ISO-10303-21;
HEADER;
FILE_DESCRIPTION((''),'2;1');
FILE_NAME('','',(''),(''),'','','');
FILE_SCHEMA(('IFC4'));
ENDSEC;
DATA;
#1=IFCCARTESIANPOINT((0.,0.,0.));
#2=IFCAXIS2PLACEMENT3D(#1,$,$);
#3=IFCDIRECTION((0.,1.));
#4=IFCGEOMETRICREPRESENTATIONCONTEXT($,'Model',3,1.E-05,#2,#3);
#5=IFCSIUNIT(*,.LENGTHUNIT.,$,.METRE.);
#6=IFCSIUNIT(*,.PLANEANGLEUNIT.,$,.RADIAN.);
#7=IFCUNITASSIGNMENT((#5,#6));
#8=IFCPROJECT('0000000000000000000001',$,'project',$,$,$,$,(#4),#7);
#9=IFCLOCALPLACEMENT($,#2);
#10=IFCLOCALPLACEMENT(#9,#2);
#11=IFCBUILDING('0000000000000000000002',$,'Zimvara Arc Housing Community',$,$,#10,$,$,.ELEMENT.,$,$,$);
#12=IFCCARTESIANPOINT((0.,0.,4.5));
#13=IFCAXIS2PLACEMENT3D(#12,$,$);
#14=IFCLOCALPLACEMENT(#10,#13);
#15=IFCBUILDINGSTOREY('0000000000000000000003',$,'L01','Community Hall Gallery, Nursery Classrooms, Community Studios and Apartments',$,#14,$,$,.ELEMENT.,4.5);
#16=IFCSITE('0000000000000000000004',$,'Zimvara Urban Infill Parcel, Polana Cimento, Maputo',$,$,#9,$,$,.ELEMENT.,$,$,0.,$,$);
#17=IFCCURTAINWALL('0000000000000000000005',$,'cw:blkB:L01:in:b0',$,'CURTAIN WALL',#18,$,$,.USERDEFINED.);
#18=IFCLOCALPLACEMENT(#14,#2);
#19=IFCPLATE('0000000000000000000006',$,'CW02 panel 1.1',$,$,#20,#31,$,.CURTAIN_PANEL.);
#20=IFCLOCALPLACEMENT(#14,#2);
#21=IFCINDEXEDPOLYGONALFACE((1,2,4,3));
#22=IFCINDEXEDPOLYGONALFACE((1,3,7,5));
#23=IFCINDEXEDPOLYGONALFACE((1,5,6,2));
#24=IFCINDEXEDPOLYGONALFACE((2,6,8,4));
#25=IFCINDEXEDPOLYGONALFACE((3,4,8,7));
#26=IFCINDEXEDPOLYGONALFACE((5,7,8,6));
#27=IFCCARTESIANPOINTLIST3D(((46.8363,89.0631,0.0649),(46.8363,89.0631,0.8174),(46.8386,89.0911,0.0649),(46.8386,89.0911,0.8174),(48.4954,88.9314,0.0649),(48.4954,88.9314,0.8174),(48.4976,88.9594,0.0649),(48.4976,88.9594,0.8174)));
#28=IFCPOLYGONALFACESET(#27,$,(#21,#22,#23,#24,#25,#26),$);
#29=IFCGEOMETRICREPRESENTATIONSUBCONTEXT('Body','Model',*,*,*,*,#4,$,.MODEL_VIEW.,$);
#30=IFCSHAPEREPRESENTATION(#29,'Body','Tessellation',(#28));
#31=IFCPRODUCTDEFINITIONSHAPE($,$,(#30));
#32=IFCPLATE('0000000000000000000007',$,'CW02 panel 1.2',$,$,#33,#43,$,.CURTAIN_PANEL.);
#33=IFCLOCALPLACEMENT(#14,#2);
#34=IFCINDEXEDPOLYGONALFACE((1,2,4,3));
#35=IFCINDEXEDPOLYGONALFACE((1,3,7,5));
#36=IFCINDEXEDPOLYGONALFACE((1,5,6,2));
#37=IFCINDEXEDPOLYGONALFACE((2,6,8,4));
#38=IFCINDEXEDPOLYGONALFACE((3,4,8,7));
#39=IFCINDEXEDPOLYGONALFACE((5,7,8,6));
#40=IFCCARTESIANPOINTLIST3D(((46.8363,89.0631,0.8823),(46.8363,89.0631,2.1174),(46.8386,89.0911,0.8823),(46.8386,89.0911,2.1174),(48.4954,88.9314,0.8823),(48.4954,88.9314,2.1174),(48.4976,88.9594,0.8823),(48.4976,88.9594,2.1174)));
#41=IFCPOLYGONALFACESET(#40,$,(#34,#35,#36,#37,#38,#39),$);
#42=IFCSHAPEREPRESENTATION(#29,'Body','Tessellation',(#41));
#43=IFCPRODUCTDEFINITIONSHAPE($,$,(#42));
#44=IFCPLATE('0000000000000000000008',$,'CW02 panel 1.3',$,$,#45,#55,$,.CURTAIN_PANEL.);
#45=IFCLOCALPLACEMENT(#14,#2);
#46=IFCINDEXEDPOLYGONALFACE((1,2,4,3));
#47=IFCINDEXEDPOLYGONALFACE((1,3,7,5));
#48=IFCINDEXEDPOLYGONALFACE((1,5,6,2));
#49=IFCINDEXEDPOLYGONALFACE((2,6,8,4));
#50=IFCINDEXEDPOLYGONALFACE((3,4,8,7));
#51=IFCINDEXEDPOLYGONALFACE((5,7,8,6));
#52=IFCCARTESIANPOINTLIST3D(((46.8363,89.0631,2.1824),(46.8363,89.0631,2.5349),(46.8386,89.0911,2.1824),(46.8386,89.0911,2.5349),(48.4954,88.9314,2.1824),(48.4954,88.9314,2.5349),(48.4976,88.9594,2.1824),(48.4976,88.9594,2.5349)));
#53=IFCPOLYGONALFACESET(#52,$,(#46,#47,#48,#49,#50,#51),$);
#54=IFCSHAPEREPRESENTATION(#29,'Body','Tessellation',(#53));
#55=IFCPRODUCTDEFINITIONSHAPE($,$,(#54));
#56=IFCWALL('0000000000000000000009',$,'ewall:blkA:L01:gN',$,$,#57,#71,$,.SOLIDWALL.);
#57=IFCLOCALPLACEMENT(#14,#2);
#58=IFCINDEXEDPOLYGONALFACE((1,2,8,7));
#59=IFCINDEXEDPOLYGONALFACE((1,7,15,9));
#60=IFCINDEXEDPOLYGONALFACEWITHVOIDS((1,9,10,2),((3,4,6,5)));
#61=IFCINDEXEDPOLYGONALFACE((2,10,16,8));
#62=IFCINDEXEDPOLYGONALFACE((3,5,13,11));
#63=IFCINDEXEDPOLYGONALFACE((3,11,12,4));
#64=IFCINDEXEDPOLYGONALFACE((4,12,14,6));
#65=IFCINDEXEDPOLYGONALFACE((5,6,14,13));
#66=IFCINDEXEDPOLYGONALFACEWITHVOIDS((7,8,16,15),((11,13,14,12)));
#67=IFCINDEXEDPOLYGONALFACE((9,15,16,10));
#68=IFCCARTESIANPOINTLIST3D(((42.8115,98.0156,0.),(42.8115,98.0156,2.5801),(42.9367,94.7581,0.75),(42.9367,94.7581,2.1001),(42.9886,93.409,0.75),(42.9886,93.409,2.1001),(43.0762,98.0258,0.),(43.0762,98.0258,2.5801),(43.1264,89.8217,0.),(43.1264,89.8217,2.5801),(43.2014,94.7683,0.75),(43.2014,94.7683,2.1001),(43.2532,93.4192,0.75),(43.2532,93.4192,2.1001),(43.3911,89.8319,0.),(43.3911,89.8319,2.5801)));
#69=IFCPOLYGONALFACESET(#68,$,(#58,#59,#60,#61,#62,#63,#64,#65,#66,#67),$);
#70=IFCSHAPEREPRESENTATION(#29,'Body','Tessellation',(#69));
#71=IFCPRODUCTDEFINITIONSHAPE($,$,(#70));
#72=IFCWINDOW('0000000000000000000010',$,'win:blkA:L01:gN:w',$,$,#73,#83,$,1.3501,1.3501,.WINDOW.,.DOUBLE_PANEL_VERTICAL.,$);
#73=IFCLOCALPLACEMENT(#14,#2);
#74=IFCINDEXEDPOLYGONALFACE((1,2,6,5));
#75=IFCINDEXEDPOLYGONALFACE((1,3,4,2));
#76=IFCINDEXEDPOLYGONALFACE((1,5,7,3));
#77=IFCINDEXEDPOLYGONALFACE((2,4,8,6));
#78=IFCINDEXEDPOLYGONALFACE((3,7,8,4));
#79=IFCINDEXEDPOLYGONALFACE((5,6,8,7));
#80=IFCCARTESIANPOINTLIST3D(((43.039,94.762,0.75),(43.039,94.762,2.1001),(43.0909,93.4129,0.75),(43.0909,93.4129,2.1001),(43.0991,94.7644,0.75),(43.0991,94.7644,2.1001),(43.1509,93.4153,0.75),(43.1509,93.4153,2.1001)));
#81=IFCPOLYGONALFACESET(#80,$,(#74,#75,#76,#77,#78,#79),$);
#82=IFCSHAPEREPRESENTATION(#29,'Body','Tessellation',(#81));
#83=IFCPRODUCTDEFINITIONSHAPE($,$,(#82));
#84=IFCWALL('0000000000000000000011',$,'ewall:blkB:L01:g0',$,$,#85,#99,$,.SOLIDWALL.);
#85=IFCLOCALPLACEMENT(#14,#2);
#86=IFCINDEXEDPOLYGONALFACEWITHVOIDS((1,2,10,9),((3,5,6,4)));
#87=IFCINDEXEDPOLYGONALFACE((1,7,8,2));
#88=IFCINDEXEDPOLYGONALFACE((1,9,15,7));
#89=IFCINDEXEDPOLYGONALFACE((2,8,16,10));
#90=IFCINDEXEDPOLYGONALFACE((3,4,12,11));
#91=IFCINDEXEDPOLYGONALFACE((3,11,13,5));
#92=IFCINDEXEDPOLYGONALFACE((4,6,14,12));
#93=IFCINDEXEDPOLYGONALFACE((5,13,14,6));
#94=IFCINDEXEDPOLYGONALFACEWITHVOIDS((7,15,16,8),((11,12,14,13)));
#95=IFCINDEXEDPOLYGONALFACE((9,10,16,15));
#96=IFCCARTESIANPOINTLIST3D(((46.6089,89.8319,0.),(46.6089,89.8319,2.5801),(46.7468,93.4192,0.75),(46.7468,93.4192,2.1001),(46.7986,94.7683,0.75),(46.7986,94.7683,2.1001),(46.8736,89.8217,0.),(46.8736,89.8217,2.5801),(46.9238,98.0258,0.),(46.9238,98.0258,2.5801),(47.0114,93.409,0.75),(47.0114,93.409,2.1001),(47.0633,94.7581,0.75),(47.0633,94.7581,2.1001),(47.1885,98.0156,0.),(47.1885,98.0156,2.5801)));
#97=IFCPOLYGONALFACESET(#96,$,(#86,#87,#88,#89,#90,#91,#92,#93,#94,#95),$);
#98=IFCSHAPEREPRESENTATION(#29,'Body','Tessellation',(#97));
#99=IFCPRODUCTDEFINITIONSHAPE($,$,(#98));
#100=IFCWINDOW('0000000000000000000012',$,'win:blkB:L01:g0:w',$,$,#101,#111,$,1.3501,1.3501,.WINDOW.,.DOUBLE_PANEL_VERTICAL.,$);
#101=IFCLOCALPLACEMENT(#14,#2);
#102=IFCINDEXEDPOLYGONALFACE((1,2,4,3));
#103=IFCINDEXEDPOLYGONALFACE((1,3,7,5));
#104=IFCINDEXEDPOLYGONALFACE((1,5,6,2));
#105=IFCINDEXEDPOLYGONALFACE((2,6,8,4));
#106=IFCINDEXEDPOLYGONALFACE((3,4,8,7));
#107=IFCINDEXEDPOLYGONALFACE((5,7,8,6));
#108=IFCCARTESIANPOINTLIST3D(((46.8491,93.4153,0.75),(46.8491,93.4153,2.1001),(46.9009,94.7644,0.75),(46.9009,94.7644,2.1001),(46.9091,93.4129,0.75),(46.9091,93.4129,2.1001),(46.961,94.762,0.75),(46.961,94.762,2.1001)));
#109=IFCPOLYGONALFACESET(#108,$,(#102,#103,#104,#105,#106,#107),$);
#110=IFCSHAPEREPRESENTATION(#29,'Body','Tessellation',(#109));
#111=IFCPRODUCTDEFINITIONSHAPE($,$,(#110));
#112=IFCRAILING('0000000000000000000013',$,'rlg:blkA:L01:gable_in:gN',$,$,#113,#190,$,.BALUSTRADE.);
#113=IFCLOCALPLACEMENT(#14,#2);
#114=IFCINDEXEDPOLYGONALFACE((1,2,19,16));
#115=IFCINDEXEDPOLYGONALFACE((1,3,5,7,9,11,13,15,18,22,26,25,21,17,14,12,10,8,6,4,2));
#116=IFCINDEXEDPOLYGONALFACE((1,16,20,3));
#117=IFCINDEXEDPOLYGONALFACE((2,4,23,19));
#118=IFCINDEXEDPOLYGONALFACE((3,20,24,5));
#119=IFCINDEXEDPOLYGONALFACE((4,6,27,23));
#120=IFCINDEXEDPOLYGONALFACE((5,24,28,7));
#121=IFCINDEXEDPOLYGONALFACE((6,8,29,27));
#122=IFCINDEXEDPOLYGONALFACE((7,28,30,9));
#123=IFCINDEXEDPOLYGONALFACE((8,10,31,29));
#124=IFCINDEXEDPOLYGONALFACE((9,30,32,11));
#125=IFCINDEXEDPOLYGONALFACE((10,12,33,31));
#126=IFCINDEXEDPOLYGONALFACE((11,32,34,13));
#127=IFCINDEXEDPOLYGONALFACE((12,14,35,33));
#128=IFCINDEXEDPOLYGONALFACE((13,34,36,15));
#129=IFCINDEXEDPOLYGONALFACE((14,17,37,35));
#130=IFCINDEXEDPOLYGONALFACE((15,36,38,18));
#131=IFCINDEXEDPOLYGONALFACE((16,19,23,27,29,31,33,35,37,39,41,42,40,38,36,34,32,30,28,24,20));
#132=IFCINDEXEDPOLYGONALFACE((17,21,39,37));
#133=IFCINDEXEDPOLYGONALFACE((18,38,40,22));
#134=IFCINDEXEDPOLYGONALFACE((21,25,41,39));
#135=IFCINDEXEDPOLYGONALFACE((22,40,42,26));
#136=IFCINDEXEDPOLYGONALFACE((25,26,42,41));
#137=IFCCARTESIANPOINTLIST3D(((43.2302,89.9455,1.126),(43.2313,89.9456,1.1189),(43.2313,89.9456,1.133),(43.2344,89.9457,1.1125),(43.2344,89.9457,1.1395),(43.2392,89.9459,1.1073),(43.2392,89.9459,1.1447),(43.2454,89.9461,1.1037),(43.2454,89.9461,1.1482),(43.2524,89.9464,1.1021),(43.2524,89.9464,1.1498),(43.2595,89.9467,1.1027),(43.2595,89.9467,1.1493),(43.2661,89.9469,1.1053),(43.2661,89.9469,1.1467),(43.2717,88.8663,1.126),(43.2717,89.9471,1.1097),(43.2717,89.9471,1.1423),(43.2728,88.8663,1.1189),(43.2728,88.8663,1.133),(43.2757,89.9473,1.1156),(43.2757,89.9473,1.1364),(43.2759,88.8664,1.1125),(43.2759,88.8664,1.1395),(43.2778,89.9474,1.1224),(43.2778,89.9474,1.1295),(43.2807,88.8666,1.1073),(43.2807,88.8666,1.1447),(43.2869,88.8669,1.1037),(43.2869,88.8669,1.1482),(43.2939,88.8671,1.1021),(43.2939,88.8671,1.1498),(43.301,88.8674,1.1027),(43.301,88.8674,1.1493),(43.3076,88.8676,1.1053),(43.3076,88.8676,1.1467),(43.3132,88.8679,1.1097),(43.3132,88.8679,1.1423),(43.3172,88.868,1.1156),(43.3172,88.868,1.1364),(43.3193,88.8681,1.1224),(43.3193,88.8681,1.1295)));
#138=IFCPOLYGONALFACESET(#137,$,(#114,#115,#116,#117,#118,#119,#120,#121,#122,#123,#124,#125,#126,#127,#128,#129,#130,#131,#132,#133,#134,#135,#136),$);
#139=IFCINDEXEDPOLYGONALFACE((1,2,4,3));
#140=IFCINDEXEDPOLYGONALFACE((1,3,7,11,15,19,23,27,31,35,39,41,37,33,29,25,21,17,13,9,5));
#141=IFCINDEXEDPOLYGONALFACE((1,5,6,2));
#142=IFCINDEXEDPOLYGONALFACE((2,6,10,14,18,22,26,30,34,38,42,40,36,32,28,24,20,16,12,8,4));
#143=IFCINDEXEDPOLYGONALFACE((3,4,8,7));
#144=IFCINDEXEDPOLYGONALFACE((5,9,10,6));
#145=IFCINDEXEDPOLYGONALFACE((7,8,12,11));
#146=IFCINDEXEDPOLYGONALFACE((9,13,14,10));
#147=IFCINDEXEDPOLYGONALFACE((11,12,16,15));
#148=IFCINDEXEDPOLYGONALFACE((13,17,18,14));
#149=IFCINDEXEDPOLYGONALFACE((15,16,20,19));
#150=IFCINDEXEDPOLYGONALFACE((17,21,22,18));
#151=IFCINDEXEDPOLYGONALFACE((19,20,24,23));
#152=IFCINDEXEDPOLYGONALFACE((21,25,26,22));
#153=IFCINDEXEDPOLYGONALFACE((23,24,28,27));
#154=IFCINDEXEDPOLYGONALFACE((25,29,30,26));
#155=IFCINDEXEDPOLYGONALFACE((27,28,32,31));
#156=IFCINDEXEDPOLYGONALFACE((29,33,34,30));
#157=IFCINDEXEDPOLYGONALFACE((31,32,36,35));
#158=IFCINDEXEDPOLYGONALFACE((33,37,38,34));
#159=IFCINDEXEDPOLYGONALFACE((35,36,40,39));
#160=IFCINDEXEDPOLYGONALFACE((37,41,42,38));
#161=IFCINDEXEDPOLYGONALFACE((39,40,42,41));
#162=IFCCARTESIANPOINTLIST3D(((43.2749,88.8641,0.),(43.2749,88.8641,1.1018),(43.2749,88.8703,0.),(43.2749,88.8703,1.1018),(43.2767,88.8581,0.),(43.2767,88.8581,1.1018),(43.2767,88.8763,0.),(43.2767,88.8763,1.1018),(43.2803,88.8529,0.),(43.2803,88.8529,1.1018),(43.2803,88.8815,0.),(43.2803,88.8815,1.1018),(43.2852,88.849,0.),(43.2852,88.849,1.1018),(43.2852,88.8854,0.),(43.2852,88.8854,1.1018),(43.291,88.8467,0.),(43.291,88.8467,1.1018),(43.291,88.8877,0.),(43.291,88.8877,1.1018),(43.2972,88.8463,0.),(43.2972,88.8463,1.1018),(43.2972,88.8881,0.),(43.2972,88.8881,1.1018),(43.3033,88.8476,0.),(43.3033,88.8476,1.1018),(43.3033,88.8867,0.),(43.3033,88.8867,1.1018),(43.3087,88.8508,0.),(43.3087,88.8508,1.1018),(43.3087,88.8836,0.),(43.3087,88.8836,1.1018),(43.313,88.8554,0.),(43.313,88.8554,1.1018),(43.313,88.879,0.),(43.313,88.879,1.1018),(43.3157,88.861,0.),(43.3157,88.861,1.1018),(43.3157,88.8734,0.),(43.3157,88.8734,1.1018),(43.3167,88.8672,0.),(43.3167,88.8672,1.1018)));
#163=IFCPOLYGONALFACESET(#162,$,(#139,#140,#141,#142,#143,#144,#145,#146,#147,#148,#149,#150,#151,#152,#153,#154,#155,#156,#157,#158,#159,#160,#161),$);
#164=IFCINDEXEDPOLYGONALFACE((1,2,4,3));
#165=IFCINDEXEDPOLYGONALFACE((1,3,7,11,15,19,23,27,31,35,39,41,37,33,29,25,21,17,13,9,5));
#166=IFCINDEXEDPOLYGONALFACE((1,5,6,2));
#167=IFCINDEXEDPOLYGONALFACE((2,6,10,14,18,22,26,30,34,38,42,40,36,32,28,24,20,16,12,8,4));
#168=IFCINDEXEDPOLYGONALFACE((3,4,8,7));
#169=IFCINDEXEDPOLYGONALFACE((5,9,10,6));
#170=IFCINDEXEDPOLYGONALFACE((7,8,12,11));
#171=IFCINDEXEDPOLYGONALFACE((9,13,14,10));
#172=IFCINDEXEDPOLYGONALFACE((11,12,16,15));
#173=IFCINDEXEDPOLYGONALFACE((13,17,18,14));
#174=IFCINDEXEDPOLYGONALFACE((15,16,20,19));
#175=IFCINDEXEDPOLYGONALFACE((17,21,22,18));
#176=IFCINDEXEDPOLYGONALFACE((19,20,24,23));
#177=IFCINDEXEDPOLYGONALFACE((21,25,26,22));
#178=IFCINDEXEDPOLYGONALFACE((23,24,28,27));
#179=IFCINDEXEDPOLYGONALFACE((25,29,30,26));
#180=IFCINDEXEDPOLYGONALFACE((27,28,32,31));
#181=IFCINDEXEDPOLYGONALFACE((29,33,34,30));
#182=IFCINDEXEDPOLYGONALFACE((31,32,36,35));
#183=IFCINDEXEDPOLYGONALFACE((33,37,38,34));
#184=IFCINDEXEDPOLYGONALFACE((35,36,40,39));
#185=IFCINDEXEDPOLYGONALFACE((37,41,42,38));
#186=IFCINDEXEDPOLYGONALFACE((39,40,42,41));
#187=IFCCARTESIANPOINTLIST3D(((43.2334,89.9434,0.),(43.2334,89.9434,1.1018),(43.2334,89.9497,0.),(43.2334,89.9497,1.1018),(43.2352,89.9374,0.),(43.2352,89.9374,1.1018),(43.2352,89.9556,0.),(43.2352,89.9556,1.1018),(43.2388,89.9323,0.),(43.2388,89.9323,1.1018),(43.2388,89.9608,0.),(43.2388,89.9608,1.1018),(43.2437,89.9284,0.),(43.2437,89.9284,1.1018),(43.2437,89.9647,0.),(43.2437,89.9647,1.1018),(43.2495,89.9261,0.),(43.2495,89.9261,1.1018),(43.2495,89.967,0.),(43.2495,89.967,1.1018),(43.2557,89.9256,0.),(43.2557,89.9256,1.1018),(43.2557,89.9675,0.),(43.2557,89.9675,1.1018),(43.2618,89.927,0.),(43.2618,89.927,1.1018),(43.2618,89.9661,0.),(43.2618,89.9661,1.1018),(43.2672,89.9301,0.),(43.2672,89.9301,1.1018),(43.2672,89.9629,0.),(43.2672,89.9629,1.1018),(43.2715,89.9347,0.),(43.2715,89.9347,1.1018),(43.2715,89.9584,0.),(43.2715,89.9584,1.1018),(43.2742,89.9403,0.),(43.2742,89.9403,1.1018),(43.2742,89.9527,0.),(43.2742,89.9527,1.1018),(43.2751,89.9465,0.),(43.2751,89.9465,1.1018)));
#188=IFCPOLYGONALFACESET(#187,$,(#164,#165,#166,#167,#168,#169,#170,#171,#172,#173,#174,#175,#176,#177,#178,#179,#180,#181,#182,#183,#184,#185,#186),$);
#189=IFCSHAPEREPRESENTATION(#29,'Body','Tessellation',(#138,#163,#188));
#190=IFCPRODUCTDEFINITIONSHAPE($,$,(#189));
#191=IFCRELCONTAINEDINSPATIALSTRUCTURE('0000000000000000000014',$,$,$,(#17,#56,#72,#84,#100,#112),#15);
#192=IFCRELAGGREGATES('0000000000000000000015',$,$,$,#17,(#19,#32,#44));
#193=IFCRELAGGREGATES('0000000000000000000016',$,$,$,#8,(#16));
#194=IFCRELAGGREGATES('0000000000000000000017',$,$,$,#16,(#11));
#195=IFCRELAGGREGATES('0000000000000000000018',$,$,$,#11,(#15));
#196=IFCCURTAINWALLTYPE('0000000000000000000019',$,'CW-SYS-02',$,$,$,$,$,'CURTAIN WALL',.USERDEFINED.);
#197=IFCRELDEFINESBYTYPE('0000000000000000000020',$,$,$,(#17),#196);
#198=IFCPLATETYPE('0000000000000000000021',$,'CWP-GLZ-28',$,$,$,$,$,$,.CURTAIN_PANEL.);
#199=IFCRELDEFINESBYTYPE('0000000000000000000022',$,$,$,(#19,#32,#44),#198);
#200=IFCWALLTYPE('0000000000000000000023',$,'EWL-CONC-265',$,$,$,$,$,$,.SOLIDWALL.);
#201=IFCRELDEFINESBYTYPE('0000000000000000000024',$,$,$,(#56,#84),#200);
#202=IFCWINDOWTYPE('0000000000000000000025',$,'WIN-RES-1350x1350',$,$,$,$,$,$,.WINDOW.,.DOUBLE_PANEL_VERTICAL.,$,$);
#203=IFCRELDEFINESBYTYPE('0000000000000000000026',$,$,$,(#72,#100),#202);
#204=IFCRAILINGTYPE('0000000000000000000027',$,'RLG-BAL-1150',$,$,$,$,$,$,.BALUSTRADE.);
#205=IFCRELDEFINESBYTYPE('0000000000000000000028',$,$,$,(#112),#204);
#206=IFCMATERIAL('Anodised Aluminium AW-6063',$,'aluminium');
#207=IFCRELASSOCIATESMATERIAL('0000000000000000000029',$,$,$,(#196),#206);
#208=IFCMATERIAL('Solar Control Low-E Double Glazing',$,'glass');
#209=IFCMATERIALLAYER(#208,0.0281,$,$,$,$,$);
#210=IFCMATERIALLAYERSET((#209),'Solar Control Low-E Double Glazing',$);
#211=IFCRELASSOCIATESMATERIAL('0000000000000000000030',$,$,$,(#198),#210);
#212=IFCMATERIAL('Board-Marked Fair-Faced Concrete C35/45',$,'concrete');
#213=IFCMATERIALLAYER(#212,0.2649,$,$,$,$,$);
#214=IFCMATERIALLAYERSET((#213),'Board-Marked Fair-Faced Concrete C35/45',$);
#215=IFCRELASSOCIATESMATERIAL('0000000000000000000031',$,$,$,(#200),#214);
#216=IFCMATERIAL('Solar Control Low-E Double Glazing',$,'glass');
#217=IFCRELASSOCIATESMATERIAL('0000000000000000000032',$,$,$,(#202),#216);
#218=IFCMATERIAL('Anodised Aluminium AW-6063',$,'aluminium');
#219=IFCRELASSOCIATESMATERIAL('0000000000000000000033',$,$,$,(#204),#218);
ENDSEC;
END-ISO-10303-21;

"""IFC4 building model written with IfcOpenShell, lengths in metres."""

from ifc_helpers import new_model, si_unit, direction, frame, frame_2d, origin, origin_2d, place, context, subcontext, project, spatial, rectangle, circle, extrude, material, layer, layer_set, type_object, element, fill, aggregate, save


model = new_model("IFC4")

# Units and contexts
model_context = context("Model", 3, precision=1e-05, world=origin(), true_north=direction((0.0, 1.0)))
body_context = subcontext(model_context, "Body", "Model", "MODEL_VIEW")
ifc_project = project(units=[si_unit("LENGTHUNIT", "METRE"), si_unit("PLANEANGLEUNIT", "RADIAN")], contexts=[model_context])

# Site, building, storey
site_placement = place(None, origin())
site = spatial("IfcSite", under=ifc_project, at=site_placement, Name="Zimvara Urban Infill Parcel, Polana Cimento, Maputo", CompositionType="ELEMENT", RefElevation=0.0)
building_placement = place(site_placement, origin())
building = spatial("IfcBuilding", under=site, at=building_placement, Name="Zimvara Arc Housing Community", CompositionType="ELEMENT")
storey_placement = place(building_placement, frame((0.0, 0.0, 4.5)))
storey = spatial("IfcBuildingStorey", under=building, at=storey_placement, Name="L01", Description="Community Hall Gallery, Nursery Classrooms, Community Studios and Apartments", CompositionType="ELEMENT", Elevation=4.5)

# Curtain wall, plates
ifc_material_1 = material(Name="Anodised Aluminium AW-6063", Category="aluminium")
curtain_wall_type_1 = type_object("IfcCurtainWallType", Name="CW-SYS-02", ElementType="CURTAIN WALL", PredefinedType="USERDEFINED", material=ifc_material_1)
curtain_wall_1_placement = place(storey_placement, origin())
curtain_wall_1 = element("IfcCurtainWall", 1, at=curtain_wall_1_placement, inside=storey, type_object=curtain_wall_type_1, Name="cw:blkB:L01:in:b0", ObjectType="CURTAIN WALL", PredefinedType="USERDEFINED")
ifc_material_2 = material(Name="Solar Control Low-E Double Glazing", Category="glass")
ifc_layer_1 = layer(ifc_material_2, 0.0281)
ifc_layer_set_1 = layer_set([ifc_layer_1], Name="Solar Control Low-E Double Glazing")
plate_type = type_object("IfcPlateType", Name="CWP-GLZ-28", PredefinedType="CURTAIN_PANEL", material=ifc_layer_set_1)
plate_1_placement = place(storey_placement, frame((47.667, 89.0112, 0.0649), z_axis=(0.0, 0.0, 1.0), x_axis=(0.996862, -0.079155, 0.0)))
plate_1 = element("IfcPlate", 2, at=plate_1_placement, type_object=plate_type, Name="CW02 panel 1.1", PredefinedType="CURTAIN_PANEL", context=body_context, shape_type="SweptSolid", body=[
    extrude(rectangle(XDim=1.6643, YDim=0.0281, at=origin_2d()), origin(), (0.0, 0.0, 1.0), 0.7524),
])
plate_2_placement = place(storey_placement, frame((47.667, 89.0112, 0.8823), z_axis=(0.0, 0.0, 1.0), x_axis=(0.996862, -0.079155, 0.0)))
plate_2 = element("IfcPlate", 3, at=plate_2_placement, type_object=plate_type, Name="CW02 panel 1.2", PredefinedType="CURTAIN_PANEL", context=body_context, shape_type="SweptSolid", body=[
    extrude(rectangle(XDim=1.6643, YDim=0.0281, at=origin_2d()), origin(), (0.0, 0.0, 1.0), 1.2351),
])
plate_3_placement = place(storey_placement, frame((47.667, 89.0112, 2.1824), z_axis=(0.0, 0.0, 1.0), x_axis=(0.996862, -0.079155, 0.0)))
plate_3 = element("IfcPlate", 4, at=plate_3_placement, type_object=plate_type, Name="CW02 panel 1.3", PredefinedType="CURTAIN_PANEL", context=body_context, shape_type="SweptSolid", body=[
    extrude(rectangle(XDim=1.6643, YDim=0.0281, at=origin_2d()), origin(), (0.0, 0.0, 1.0), 0.3525),
])
aggregate(curtain_wall_1, [plate_1, plate_2, plate_3])

# Walls, openings, windows
ifc_material_3 = material(Name="Board-Marked Fair-Faced Concrete C35/45", Category="concrete")
ifc_layer_2 = layer(ifc_material_3, 0.2649)
ifc_layer_set_2 = layer_set([ifc_layer_2], Name="Board-Marked Fair-Faced Concrete C35/45")
wall_type = type_object("IfcWallType", Name="EWL-CONC-265", PredefinedType="SOLIDWALL", material=ifc_layer_set_2)
wall_1_placement = place(storey_placement, frame((43.2588, 89.8267, 0.0), z_axis=(0.0, 0.0, 1.0), x_axis=(-0.038408, 0.999262, 0.0)))
wall_1 = element("IfcWall", 5, at=wall_1_placement, inside=storey, type_object=wall_type, Name="ewall:blkA:L01:gN", PredefinedType="SOLIDWALL", context=body_context, shape_type="SweptSolid", body=[
    extrude(rectangle(XDim=8.2, YDim=0.2649, at=frame_2d((4.1001, 0.0))), origin(), (0.0, 0.0, 1.0), 2.5801),
])
opening_1_placement = place(wall_1_placement, frame((3.5901, 0.0, 0.75)))
opening_1 = element("IfcOpeningElement", 6, at=opening_1_placement, cuts=wall_1, PredefinedType="OPENING", context=body_context, shape_type="SweptSolid", body=[
    extrude(rectangle(XDim=1.3501, YDim=1.3501, at=frame_2d((0.675, 0.675))), frame((0.0, 0.1423, 0.0), z_axis=(0.0, -1.0, 0.0), x_axis=(1.0, 0.0, 0.0)), (0.0, 0.0, 1.0), 0.2849),
])
ifc_material_4 = material(Name="Solar Control Low-E Double Glazing", Category="glass")
window_type = type_object("IfcWindowType", Name="WIN-RES-1350x1350", PartitioningType="DOUBLE_PANEL_VERTICAL", PredefinedType="WINDOW", material=ifc_material_4)
window_1_placement = place(opening_1_placement, origin())
window_1 = element("IfcWindow", 7, at=window_1_placement, inside=storey, type_object=window_type, Name="win:blkA:L01:gN:w", OverallHeight=1.3501, OverallWidth=1.3501, PartitioningType="DOUBLE_PANEL_VERTICAL", PredefinedType="WINDOW", context=body_context, shape_type="SweptSolid", body=[
    extrude(rectangle(XDim=1.3501, YDim=1.3501, at=frame_2d((0.675, 0.675))), frame((0.0, 0.03, 0.0), z_axis=(0.0, -1.0, 0.0), x_axis=(1.0, 0.0, 0.0)), (0.0, 0.0, 1.0), 0.0601),
])
fill(opening_1, window_1)
wall_2_placement = place(storey_placement, frame((46.7412, 89.8267, 0.0), z_axis=(0.0, 0.0, 1.0), x_axis=(0.038408, 0.999262, 0.0)))
wall_2 = element("IfcWall", 8, at=wall_2_placement, inside=storey, type_object=wall_type, Name="ewall:blkB:L01:g0", PredefinedType="SOLIDWALL", context=body_context, shape_type="SweptSolid", body=[
    extrude(rectangle(XDim=8.2, YDim=0.2649, at=frame_2d((4.1001, 0.0))), origin(), (0.0, 0.0, 1.0), 2.5801),
])
opening_2_placement = place(wall_2_placement, frame((3.5901, 0.0, 0.75)))
opening_2 = element("IfcOpeningElement", 9, at=opening_2_placement, cuts=wall_2, PredefinedType="OPENING", context=body_context, shape_type="SweptSolid", body=[
    extrude(rectangle(XDim=1.3501, YDim=1.3501, at=frame_2d((0.675, 0.675))), frame((0.0, 0.1423, 0.0), z_axis=(0.0, -1.0, 0.0), x_axis=(1.0, 0.0, 0.0)), (0.0, 0.0, 1.0), 0.2849),
])
window_2_placement = place(opening_2_placement, origin())
window_2 = element("IfcWindow", 10, at=window_2_placement, inside=storey, type_object=window_type, Name="win:blkB:L01:g0:w", OverallHeight=1.3501, OverallWidth=1.3501, PartitioningType="DOUBLE_PANEL_VERTICAL", PredefinedType="WINDOW", context=body_context, shape_type="SweptSolid", body=[
    extrude(rectangle(XDim=1.3501, YDim=1.3501, at=frame_2d((0.675, 0.675))), frame((0.0, 0.03, 0.0), z_axis=(0.0, -1.0, 0.0), x_axis=(1.0, 0.0, 0.0)), (0.0, 0.0, 1.0), 0.0601),
])
fill(opening_2, window_2)

# Railing
ifc_material_5 = material(Name="Anodised Aluminium AW-6063", Category="aluminium")
railing_type = type_object("IfcRailingType", Name="RLG-BAL-1150", PredefinedType="BALUSTRADE", material=ifc_material_5)
railing_1_placement = place(storey_placement, frame((43.2957, 88.8672, 0.0)))
element("IfcRailing", 11, at=railing_1_placement, inside=storey, type_object=railing_type, Name="rlg:blkA:L01:gable_in:gN", PredefinedType="BALUSTRADE", context=body_context, shape_type="SweptSolid", body=[
    extrude(circle(Radius=0.0239, at=origin_2d()), frame((0.0, 0.0, 1.126), z_axis=(-0.038424, 0.999262, 0.0), x_axis=(-0.999262, -0.038424, 0.0)), (0.0, 0.0, 1.0), 1.0801),
    extrude(circle(Radius=0.021, at=origin_2d()), origin(), (0.0, 0.0, 1.0), 1.1018),
    extrude(circle(Radius=0.021, at=origin_2d()), frame((-0.0415, 1.0793, 0.0)), (0.0, 0.0, 1.0), 1.1018),
])

save(model, "model.ifc")
